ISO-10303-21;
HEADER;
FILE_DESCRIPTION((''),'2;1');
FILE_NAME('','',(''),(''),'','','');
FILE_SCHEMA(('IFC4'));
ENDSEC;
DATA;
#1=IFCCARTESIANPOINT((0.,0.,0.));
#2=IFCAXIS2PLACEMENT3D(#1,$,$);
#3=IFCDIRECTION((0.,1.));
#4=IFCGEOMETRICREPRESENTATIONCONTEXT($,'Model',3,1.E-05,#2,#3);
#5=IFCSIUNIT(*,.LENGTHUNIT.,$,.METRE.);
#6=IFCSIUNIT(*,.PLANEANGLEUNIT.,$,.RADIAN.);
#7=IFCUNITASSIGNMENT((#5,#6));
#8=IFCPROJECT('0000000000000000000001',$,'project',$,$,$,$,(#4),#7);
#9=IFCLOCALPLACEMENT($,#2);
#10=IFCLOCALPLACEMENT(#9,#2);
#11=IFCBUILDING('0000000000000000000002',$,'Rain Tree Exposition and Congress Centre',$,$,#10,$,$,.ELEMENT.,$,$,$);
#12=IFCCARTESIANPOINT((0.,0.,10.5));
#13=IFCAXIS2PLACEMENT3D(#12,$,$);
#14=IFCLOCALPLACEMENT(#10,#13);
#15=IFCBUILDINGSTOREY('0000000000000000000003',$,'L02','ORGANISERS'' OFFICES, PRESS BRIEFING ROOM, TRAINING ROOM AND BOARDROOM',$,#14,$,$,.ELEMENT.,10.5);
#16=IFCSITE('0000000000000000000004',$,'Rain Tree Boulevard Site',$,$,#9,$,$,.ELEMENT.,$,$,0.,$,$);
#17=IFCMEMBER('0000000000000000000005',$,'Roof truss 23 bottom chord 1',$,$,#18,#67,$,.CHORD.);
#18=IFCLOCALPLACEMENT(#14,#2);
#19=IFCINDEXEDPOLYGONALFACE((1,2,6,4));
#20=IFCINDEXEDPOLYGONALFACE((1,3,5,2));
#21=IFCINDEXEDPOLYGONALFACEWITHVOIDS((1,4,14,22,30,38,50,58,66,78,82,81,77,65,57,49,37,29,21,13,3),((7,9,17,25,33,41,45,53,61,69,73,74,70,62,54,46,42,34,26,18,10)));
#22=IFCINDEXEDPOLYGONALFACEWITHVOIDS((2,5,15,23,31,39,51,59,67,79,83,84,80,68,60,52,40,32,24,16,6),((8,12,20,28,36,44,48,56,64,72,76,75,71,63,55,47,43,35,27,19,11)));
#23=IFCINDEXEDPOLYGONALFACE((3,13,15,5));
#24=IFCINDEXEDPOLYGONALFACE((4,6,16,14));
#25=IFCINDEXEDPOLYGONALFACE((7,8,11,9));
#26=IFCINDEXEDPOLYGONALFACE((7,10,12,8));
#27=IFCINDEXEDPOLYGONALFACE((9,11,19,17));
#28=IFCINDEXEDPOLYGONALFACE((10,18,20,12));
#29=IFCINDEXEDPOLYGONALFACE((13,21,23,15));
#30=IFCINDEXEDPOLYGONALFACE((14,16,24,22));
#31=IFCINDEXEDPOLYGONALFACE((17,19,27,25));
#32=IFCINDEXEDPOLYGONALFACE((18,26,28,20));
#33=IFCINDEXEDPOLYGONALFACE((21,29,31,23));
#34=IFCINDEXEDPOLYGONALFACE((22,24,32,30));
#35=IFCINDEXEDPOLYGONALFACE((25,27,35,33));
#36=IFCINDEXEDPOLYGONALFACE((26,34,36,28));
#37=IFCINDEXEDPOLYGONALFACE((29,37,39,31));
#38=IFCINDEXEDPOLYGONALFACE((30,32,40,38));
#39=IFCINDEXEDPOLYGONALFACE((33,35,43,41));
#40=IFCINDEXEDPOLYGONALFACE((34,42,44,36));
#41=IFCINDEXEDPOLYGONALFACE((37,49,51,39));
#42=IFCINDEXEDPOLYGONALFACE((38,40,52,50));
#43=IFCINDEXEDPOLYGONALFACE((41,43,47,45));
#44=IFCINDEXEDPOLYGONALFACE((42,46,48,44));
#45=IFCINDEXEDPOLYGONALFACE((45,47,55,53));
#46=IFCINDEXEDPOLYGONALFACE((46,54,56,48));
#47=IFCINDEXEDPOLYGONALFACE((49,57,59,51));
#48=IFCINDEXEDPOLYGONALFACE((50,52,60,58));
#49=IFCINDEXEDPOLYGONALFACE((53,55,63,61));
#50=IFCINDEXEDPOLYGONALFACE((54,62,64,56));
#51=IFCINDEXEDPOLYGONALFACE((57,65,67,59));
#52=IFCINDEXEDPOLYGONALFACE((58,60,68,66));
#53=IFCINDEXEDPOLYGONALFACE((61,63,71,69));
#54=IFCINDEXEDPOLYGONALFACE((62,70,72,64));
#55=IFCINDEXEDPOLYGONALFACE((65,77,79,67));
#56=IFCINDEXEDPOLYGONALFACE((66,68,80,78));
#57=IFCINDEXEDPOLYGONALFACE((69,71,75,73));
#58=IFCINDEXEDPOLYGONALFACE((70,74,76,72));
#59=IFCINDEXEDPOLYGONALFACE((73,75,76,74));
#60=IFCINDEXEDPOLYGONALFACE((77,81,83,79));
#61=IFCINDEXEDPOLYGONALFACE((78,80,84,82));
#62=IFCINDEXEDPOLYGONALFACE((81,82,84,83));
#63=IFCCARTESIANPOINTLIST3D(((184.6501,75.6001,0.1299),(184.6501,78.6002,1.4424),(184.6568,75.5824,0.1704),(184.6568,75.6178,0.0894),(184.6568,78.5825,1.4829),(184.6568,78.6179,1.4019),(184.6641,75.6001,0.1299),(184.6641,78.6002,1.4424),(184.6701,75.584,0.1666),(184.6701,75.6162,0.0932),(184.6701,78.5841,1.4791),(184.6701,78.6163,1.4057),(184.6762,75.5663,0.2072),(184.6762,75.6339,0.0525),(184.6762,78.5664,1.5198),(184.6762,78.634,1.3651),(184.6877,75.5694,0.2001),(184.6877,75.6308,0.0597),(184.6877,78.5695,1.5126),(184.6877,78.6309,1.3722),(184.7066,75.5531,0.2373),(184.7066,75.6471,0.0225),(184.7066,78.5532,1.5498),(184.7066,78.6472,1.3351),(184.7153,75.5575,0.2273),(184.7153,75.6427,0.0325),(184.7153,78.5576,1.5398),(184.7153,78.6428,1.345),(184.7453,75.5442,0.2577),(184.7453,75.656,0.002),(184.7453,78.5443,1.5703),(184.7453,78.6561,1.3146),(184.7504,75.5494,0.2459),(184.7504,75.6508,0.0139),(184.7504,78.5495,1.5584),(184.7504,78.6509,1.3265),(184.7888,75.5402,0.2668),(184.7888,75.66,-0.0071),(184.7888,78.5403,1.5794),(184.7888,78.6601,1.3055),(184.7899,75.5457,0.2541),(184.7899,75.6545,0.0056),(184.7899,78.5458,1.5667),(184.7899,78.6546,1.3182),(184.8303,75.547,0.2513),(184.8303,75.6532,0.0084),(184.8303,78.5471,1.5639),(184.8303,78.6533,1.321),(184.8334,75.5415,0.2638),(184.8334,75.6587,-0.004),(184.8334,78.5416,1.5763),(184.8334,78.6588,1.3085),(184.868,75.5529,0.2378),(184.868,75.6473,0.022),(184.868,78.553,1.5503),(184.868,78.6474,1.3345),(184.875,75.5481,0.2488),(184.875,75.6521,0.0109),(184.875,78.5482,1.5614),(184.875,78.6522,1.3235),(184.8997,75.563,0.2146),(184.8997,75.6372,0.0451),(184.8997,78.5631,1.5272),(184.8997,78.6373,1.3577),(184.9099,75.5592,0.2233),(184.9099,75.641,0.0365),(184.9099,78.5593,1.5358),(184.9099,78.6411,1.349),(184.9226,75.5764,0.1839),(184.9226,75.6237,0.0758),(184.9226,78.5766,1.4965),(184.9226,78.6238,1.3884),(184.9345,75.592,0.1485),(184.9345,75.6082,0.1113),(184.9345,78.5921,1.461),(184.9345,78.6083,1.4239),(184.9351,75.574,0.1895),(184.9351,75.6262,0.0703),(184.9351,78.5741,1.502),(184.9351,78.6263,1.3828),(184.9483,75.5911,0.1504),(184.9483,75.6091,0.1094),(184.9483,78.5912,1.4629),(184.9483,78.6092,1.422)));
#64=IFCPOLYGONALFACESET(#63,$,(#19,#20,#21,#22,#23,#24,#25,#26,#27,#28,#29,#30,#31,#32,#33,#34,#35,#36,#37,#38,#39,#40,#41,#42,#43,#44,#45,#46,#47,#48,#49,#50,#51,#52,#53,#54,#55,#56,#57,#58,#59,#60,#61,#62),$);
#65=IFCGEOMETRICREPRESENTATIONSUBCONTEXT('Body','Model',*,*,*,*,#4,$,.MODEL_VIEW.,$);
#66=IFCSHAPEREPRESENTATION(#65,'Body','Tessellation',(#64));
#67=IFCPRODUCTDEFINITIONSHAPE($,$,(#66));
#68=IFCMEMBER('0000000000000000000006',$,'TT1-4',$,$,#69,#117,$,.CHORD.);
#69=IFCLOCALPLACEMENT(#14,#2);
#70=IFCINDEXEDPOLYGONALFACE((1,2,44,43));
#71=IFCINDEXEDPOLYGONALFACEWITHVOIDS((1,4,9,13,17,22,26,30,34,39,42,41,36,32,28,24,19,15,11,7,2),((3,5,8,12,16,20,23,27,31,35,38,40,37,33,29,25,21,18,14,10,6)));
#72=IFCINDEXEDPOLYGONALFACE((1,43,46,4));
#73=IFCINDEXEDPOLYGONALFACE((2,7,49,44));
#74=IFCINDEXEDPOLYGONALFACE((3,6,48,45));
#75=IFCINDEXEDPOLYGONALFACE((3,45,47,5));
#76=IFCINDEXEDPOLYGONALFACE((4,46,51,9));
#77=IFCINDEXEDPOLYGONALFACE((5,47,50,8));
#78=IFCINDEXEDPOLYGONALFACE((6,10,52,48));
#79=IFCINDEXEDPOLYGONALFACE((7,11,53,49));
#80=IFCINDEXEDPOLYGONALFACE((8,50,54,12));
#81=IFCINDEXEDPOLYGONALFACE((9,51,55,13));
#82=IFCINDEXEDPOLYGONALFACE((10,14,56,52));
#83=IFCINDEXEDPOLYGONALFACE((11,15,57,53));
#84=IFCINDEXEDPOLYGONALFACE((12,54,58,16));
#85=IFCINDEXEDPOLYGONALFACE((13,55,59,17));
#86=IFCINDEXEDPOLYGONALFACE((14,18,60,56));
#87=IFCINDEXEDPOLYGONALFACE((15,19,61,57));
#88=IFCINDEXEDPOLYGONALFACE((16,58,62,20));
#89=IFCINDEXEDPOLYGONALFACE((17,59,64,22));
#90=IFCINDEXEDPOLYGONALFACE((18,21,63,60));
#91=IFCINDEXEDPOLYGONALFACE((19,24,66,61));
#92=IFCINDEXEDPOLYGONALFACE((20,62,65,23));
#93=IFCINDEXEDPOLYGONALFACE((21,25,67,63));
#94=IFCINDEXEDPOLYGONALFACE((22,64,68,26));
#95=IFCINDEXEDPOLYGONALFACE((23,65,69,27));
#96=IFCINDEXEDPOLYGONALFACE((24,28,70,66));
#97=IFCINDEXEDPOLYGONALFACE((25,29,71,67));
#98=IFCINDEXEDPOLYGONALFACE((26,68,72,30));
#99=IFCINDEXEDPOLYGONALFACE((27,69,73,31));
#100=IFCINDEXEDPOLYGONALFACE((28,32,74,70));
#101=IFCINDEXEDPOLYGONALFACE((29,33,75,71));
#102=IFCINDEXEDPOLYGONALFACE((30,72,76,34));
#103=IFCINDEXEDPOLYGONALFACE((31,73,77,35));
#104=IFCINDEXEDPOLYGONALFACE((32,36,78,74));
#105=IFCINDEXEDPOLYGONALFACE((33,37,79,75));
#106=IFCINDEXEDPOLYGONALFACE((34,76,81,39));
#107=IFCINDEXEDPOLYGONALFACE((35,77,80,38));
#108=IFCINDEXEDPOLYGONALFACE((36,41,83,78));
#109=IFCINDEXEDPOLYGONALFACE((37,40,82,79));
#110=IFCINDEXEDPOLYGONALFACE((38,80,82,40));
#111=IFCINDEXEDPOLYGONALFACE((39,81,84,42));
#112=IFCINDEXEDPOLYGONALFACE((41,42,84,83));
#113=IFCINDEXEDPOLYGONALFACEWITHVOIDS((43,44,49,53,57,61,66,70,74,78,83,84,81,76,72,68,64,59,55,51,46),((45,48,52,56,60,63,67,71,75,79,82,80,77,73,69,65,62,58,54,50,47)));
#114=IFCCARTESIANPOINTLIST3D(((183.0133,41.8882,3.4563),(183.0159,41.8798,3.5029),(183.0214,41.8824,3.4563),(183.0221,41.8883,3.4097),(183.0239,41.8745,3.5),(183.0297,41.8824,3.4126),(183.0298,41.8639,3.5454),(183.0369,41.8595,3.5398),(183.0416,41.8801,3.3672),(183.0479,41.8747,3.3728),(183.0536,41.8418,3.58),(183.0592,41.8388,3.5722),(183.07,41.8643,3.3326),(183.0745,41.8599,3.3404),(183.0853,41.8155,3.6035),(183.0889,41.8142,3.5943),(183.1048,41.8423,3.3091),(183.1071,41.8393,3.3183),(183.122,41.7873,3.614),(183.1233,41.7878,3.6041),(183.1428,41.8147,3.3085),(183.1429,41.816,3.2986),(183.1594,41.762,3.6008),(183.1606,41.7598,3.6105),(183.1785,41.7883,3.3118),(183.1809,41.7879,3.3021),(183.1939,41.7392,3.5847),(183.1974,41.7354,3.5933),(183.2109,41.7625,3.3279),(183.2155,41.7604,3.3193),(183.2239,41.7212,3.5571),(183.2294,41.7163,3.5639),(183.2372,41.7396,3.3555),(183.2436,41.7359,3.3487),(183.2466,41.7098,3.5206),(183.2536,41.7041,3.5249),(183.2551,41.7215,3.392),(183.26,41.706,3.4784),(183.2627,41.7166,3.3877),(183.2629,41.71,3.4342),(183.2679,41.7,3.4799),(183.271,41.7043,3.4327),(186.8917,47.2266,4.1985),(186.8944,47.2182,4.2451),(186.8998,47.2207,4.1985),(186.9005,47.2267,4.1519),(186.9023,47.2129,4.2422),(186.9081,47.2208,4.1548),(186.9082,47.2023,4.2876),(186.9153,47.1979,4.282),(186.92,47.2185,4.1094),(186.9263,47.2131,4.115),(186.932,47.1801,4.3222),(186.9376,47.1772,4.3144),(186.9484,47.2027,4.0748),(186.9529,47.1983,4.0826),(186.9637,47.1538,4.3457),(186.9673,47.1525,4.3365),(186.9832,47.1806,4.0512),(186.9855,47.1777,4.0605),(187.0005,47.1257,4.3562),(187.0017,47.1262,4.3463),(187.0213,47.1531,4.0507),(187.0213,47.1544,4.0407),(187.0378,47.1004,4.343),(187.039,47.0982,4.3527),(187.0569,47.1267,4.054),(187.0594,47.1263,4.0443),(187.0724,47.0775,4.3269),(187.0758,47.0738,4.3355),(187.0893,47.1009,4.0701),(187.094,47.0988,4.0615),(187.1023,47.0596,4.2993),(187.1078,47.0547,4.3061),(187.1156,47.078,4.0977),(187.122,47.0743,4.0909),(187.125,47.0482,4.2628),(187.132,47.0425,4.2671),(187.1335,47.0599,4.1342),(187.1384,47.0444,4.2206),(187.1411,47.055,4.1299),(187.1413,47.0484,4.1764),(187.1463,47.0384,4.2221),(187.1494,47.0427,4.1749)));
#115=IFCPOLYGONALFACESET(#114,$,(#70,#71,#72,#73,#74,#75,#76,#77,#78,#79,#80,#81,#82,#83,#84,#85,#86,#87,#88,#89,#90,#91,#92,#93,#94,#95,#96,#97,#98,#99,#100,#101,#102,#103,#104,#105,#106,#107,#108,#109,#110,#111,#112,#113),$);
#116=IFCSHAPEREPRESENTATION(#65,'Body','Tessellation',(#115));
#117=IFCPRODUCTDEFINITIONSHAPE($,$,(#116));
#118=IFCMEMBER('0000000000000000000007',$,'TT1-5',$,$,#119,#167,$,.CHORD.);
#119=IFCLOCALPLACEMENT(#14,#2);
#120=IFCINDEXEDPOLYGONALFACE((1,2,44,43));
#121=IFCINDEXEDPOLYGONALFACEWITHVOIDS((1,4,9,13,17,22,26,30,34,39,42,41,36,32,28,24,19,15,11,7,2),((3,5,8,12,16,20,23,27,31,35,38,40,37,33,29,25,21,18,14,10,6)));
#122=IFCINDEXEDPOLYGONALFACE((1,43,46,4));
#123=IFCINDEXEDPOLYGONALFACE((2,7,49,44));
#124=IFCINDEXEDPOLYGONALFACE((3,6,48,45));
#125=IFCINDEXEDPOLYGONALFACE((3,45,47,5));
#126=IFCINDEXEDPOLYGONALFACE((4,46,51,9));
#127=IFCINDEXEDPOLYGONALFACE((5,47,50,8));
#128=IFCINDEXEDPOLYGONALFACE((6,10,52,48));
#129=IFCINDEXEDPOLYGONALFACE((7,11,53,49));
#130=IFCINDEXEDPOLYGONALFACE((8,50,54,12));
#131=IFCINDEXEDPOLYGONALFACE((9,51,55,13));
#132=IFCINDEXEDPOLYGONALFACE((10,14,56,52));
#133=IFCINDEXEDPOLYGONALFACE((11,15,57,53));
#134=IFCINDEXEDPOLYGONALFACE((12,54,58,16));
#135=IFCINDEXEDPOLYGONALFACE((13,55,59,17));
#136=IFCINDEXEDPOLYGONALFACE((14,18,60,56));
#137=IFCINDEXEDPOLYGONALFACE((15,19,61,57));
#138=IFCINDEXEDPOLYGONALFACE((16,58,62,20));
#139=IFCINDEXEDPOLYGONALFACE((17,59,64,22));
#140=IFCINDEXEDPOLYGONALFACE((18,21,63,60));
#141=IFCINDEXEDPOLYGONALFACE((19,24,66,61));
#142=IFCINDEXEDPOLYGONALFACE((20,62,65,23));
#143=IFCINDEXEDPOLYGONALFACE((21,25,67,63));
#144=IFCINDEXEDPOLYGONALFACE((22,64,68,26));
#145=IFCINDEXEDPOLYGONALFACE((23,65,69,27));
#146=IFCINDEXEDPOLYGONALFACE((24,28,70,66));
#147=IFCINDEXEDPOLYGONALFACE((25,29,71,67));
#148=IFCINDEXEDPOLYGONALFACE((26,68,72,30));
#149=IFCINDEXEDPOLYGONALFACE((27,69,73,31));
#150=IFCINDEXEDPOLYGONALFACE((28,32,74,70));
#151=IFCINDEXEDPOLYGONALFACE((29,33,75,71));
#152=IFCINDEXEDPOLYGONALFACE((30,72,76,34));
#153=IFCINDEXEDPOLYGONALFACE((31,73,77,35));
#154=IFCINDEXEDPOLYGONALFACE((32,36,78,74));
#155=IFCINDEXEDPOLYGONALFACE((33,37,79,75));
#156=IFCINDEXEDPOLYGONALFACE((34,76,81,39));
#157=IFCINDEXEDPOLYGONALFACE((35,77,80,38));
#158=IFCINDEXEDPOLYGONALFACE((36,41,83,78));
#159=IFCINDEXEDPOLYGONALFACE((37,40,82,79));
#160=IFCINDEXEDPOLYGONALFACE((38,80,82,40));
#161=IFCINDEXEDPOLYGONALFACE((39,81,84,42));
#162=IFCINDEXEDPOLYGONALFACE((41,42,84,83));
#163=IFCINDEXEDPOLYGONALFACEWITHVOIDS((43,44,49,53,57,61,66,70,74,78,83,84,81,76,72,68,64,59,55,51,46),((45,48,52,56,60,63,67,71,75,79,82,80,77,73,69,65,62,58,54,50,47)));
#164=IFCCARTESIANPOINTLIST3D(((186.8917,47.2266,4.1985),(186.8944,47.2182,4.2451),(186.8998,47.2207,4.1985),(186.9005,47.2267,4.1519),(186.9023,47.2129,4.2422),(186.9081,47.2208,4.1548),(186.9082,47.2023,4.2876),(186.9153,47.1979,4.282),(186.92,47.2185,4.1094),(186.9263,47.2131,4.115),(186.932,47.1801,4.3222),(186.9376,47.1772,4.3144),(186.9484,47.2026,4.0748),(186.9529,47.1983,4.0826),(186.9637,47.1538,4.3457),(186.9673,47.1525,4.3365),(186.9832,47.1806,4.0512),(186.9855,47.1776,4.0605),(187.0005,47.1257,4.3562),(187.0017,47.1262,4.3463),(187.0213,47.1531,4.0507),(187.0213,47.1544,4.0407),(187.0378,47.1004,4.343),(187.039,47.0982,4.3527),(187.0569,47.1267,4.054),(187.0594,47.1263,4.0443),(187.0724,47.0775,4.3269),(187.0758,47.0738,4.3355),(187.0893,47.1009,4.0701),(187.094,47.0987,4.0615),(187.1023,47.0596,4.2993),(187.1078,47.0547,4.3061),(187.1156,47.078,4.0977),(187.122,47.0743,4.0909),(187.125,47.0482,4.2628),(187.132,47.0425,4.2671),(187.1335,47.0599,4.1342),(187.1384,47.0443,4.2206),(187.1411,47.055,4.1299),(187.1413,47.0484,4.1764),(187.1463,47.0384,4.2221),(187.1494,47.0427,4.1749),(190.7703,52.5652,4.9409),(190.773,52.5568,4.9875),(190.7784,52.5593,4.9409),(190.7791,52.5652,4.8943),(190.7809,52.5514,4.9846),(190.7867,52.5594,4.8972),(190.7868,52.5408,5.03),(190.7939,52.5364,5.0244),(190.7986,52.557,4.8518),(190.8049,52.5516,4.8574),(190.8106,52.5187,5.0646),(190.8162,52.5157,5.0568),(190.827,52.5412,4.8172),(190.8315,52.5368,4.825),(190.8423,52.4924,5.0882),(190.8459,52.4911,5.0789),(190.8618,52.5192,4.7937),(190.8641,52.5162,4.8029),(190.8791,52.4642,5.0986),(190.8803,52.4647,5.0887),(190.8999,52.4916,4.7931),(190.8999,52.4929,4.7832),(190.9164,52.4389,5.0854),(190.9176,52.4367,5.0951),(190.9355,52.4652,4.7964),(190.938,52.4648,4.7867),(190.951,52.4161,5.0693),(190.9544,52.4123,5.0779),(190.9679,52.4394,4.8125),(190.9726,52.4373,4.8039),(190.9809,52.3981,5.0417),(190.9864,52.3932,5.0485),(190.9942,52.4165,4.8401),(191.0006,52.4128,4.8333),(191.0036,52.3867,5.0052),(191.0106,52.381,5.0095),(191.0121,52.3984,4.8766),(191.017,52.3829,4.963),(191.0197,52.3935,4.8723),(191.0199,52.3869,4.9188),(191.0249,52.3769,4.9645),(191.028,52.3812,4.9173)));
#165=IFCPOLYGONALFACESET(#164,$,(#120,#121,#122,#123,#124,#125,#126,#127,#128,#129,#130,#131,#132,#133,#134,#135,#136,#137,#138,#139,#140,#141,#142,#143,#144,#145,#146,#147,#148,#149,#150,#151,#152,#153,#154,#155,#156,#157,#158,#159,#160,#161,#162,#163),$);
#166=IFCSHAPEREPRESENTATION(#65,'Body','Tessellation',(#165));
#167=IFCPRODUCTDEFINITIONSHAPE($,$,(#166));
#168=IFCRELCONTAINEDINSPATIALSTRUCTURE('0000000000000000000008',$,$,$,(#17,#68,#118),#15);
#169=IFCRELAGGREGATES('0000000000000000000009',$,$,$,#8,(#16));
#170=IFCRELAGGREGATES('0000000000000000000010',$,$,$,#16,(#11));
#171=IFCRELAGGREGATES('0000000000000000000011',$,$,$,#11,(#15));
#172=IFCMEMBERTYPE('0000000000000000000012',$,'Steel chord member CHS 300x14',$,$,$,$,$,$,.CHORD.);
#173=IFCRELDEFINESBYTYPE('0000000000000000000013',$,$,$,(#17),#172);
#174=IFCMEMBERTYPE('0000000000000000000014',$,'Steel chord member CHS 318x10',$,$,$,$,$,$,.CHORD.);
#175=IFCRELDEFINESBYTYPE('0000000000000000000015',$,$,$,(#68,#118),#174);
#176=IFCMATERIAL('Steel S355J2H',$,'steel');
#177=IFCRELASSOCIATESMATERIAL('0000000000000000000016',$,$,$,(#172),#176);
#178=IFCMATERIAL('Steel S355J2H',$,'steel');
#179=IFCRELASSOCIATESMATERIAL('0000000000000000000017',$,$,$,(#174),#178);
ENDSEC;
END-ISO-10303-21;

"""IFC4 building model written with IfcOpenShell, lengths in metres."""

from ifc_helpers import new_model, si_unit, direction, frame, origin, origin_2d, place, context, subcontext, project, spatial, hollow_circle, extrude, material, material_profile, profile_set, type_object, element, save


model = new_model("IFC4")

# Units and contexts
model_context = context("Model", 3, precision=1e-05, world=origin(), true_north=direction((0.0, 1.0)))
body_context = subcontext(model_context, "Body", "Model", "MODEL_VIEW")
ifc_project = project(units=[si_unit("LENGTHUNIT", "METRE"), si_unit("PLANEANGLEUNIT", "RADIAN")], contexts=[model_context])

# Site, building, storey
site_placement = place(None, origin())
site = spatial("IfcSite", under=ifc_project, at=site_placement, Name="Rain Tree Boulevard Site", CompositionType="ELEMENT", RefElevation=0.0)
building_placement = place(site_placement, origin())
building = spatial("IfcBuilding", under=site, at=building_placement, Name="Rain Tree Exposition and Congress Centre", CompositionType="ELEMENT")
storey_placement = place(building_placement, frame((0.0, 0.0, 10.5)))
storey = spatial("IfcBuildingStorey", under=building, at=storey_placement, Name="L02", Description="ORGANISERS' OFFICES, PRESS BRIEFING ROOM, TRAINING ROOM AND BOARDROOM", CompositionType="ELEMENT", Elevation=10.5)

# Members
ifc_material_1 = material(Name="Steel S355J2H", Category="steel")
ifc_material_profile_1 = material_profile(ifc_material_1, hollow_circle(Radius=0.1499, WallThickness=0.0139, at=origin_2d()), Name="CHS 300x14")
ifc_profile_set_1 = profile_set([ifc_material_profile_1], Name="Steel S355J2H")
member_type_1 = type_object("IfcMemberType", Name="Steel chord member CHS 300x14", PredefinedType="CHORD", material=ifc_profile_set_1)
member_1_placement = place(storey_placement, frame((184.8, 75.6001, 0.1299), z_axis=(0.0, 0.916157, 0.400819), x_axis=(-1.0, 0.0, 0.0)))
element("IfcMember", 1, at=member_1_placement, inside=storey, type_object=member_type_1, Name="Roof truss 23 bottom chord 1", PredefinedType="CHORD", context=body_context, shape_type="SweptSolid", body=[
    extrude(hollow_circle(Radius=0.1499, WallThickness=0.0139, at=origin_2d()), origin(), (0.0, 0.0, 1.0), 3.2747),
])
ifc_material_2 = material(Name="Steel S355J2H", Category="steel")
ifc_material_profile_2 = material_profile(ifc_material_2, hollow_circle(Radius=0.1592, WallThickness=0.01, at=origin_2d()), Name="CHS 318x10")
ifc_profile_set_2 = profile_set([ifc_material_profile_2], Name="Steel S355J2H")
member_type_2 = type_object("IfcMemberType", Name="Steel chord member CHS 318x10", PredefinedType="CHORD", material=ifc_profile_set_2)
member_2_placement = place(storey_placement, frame((183.1421, 41.7947, 3.4563), z_axis=(0.584088, 0.803958, 0.111773), x_axis=(-0.809027, 0.587771, 0.0)))
element("IfcMember", 2, at=member_2_placement, inside=storey, type_object=member_type_2, Name="TT1-4", PredefinedType="CHORD", context=body_context, shape_type="SweptSolid", body=[
    extrude(hollow_circle(Radius=0.1592, WallThickness=0.01, at=origin_2d()), origin(), (0.0, 0.0, 1.0), 6.6401),
])
member_3_placement = place(storey_placement, frame((187.0205, 47.1331, 4.1985), z_axis=(0.584093, 0.80395, 0.111804), x_axis=(-0.809022, 0.587778, 0.0)))
element("IfcMember", 3, at=member_3_placement, inside=storey, type_object=member_type_2, Name="TT1-5", PredefinedType="CHORD", context=body_context, shape_type="SweptSolid", body=[
    extrude(hollow_circle(Radius=0.1592, WallThickness=0.01, at=origin_2d()), origin(), (0.0, 0.0, 1.0), 6.6404),
])

save(model, "model.ifc")
